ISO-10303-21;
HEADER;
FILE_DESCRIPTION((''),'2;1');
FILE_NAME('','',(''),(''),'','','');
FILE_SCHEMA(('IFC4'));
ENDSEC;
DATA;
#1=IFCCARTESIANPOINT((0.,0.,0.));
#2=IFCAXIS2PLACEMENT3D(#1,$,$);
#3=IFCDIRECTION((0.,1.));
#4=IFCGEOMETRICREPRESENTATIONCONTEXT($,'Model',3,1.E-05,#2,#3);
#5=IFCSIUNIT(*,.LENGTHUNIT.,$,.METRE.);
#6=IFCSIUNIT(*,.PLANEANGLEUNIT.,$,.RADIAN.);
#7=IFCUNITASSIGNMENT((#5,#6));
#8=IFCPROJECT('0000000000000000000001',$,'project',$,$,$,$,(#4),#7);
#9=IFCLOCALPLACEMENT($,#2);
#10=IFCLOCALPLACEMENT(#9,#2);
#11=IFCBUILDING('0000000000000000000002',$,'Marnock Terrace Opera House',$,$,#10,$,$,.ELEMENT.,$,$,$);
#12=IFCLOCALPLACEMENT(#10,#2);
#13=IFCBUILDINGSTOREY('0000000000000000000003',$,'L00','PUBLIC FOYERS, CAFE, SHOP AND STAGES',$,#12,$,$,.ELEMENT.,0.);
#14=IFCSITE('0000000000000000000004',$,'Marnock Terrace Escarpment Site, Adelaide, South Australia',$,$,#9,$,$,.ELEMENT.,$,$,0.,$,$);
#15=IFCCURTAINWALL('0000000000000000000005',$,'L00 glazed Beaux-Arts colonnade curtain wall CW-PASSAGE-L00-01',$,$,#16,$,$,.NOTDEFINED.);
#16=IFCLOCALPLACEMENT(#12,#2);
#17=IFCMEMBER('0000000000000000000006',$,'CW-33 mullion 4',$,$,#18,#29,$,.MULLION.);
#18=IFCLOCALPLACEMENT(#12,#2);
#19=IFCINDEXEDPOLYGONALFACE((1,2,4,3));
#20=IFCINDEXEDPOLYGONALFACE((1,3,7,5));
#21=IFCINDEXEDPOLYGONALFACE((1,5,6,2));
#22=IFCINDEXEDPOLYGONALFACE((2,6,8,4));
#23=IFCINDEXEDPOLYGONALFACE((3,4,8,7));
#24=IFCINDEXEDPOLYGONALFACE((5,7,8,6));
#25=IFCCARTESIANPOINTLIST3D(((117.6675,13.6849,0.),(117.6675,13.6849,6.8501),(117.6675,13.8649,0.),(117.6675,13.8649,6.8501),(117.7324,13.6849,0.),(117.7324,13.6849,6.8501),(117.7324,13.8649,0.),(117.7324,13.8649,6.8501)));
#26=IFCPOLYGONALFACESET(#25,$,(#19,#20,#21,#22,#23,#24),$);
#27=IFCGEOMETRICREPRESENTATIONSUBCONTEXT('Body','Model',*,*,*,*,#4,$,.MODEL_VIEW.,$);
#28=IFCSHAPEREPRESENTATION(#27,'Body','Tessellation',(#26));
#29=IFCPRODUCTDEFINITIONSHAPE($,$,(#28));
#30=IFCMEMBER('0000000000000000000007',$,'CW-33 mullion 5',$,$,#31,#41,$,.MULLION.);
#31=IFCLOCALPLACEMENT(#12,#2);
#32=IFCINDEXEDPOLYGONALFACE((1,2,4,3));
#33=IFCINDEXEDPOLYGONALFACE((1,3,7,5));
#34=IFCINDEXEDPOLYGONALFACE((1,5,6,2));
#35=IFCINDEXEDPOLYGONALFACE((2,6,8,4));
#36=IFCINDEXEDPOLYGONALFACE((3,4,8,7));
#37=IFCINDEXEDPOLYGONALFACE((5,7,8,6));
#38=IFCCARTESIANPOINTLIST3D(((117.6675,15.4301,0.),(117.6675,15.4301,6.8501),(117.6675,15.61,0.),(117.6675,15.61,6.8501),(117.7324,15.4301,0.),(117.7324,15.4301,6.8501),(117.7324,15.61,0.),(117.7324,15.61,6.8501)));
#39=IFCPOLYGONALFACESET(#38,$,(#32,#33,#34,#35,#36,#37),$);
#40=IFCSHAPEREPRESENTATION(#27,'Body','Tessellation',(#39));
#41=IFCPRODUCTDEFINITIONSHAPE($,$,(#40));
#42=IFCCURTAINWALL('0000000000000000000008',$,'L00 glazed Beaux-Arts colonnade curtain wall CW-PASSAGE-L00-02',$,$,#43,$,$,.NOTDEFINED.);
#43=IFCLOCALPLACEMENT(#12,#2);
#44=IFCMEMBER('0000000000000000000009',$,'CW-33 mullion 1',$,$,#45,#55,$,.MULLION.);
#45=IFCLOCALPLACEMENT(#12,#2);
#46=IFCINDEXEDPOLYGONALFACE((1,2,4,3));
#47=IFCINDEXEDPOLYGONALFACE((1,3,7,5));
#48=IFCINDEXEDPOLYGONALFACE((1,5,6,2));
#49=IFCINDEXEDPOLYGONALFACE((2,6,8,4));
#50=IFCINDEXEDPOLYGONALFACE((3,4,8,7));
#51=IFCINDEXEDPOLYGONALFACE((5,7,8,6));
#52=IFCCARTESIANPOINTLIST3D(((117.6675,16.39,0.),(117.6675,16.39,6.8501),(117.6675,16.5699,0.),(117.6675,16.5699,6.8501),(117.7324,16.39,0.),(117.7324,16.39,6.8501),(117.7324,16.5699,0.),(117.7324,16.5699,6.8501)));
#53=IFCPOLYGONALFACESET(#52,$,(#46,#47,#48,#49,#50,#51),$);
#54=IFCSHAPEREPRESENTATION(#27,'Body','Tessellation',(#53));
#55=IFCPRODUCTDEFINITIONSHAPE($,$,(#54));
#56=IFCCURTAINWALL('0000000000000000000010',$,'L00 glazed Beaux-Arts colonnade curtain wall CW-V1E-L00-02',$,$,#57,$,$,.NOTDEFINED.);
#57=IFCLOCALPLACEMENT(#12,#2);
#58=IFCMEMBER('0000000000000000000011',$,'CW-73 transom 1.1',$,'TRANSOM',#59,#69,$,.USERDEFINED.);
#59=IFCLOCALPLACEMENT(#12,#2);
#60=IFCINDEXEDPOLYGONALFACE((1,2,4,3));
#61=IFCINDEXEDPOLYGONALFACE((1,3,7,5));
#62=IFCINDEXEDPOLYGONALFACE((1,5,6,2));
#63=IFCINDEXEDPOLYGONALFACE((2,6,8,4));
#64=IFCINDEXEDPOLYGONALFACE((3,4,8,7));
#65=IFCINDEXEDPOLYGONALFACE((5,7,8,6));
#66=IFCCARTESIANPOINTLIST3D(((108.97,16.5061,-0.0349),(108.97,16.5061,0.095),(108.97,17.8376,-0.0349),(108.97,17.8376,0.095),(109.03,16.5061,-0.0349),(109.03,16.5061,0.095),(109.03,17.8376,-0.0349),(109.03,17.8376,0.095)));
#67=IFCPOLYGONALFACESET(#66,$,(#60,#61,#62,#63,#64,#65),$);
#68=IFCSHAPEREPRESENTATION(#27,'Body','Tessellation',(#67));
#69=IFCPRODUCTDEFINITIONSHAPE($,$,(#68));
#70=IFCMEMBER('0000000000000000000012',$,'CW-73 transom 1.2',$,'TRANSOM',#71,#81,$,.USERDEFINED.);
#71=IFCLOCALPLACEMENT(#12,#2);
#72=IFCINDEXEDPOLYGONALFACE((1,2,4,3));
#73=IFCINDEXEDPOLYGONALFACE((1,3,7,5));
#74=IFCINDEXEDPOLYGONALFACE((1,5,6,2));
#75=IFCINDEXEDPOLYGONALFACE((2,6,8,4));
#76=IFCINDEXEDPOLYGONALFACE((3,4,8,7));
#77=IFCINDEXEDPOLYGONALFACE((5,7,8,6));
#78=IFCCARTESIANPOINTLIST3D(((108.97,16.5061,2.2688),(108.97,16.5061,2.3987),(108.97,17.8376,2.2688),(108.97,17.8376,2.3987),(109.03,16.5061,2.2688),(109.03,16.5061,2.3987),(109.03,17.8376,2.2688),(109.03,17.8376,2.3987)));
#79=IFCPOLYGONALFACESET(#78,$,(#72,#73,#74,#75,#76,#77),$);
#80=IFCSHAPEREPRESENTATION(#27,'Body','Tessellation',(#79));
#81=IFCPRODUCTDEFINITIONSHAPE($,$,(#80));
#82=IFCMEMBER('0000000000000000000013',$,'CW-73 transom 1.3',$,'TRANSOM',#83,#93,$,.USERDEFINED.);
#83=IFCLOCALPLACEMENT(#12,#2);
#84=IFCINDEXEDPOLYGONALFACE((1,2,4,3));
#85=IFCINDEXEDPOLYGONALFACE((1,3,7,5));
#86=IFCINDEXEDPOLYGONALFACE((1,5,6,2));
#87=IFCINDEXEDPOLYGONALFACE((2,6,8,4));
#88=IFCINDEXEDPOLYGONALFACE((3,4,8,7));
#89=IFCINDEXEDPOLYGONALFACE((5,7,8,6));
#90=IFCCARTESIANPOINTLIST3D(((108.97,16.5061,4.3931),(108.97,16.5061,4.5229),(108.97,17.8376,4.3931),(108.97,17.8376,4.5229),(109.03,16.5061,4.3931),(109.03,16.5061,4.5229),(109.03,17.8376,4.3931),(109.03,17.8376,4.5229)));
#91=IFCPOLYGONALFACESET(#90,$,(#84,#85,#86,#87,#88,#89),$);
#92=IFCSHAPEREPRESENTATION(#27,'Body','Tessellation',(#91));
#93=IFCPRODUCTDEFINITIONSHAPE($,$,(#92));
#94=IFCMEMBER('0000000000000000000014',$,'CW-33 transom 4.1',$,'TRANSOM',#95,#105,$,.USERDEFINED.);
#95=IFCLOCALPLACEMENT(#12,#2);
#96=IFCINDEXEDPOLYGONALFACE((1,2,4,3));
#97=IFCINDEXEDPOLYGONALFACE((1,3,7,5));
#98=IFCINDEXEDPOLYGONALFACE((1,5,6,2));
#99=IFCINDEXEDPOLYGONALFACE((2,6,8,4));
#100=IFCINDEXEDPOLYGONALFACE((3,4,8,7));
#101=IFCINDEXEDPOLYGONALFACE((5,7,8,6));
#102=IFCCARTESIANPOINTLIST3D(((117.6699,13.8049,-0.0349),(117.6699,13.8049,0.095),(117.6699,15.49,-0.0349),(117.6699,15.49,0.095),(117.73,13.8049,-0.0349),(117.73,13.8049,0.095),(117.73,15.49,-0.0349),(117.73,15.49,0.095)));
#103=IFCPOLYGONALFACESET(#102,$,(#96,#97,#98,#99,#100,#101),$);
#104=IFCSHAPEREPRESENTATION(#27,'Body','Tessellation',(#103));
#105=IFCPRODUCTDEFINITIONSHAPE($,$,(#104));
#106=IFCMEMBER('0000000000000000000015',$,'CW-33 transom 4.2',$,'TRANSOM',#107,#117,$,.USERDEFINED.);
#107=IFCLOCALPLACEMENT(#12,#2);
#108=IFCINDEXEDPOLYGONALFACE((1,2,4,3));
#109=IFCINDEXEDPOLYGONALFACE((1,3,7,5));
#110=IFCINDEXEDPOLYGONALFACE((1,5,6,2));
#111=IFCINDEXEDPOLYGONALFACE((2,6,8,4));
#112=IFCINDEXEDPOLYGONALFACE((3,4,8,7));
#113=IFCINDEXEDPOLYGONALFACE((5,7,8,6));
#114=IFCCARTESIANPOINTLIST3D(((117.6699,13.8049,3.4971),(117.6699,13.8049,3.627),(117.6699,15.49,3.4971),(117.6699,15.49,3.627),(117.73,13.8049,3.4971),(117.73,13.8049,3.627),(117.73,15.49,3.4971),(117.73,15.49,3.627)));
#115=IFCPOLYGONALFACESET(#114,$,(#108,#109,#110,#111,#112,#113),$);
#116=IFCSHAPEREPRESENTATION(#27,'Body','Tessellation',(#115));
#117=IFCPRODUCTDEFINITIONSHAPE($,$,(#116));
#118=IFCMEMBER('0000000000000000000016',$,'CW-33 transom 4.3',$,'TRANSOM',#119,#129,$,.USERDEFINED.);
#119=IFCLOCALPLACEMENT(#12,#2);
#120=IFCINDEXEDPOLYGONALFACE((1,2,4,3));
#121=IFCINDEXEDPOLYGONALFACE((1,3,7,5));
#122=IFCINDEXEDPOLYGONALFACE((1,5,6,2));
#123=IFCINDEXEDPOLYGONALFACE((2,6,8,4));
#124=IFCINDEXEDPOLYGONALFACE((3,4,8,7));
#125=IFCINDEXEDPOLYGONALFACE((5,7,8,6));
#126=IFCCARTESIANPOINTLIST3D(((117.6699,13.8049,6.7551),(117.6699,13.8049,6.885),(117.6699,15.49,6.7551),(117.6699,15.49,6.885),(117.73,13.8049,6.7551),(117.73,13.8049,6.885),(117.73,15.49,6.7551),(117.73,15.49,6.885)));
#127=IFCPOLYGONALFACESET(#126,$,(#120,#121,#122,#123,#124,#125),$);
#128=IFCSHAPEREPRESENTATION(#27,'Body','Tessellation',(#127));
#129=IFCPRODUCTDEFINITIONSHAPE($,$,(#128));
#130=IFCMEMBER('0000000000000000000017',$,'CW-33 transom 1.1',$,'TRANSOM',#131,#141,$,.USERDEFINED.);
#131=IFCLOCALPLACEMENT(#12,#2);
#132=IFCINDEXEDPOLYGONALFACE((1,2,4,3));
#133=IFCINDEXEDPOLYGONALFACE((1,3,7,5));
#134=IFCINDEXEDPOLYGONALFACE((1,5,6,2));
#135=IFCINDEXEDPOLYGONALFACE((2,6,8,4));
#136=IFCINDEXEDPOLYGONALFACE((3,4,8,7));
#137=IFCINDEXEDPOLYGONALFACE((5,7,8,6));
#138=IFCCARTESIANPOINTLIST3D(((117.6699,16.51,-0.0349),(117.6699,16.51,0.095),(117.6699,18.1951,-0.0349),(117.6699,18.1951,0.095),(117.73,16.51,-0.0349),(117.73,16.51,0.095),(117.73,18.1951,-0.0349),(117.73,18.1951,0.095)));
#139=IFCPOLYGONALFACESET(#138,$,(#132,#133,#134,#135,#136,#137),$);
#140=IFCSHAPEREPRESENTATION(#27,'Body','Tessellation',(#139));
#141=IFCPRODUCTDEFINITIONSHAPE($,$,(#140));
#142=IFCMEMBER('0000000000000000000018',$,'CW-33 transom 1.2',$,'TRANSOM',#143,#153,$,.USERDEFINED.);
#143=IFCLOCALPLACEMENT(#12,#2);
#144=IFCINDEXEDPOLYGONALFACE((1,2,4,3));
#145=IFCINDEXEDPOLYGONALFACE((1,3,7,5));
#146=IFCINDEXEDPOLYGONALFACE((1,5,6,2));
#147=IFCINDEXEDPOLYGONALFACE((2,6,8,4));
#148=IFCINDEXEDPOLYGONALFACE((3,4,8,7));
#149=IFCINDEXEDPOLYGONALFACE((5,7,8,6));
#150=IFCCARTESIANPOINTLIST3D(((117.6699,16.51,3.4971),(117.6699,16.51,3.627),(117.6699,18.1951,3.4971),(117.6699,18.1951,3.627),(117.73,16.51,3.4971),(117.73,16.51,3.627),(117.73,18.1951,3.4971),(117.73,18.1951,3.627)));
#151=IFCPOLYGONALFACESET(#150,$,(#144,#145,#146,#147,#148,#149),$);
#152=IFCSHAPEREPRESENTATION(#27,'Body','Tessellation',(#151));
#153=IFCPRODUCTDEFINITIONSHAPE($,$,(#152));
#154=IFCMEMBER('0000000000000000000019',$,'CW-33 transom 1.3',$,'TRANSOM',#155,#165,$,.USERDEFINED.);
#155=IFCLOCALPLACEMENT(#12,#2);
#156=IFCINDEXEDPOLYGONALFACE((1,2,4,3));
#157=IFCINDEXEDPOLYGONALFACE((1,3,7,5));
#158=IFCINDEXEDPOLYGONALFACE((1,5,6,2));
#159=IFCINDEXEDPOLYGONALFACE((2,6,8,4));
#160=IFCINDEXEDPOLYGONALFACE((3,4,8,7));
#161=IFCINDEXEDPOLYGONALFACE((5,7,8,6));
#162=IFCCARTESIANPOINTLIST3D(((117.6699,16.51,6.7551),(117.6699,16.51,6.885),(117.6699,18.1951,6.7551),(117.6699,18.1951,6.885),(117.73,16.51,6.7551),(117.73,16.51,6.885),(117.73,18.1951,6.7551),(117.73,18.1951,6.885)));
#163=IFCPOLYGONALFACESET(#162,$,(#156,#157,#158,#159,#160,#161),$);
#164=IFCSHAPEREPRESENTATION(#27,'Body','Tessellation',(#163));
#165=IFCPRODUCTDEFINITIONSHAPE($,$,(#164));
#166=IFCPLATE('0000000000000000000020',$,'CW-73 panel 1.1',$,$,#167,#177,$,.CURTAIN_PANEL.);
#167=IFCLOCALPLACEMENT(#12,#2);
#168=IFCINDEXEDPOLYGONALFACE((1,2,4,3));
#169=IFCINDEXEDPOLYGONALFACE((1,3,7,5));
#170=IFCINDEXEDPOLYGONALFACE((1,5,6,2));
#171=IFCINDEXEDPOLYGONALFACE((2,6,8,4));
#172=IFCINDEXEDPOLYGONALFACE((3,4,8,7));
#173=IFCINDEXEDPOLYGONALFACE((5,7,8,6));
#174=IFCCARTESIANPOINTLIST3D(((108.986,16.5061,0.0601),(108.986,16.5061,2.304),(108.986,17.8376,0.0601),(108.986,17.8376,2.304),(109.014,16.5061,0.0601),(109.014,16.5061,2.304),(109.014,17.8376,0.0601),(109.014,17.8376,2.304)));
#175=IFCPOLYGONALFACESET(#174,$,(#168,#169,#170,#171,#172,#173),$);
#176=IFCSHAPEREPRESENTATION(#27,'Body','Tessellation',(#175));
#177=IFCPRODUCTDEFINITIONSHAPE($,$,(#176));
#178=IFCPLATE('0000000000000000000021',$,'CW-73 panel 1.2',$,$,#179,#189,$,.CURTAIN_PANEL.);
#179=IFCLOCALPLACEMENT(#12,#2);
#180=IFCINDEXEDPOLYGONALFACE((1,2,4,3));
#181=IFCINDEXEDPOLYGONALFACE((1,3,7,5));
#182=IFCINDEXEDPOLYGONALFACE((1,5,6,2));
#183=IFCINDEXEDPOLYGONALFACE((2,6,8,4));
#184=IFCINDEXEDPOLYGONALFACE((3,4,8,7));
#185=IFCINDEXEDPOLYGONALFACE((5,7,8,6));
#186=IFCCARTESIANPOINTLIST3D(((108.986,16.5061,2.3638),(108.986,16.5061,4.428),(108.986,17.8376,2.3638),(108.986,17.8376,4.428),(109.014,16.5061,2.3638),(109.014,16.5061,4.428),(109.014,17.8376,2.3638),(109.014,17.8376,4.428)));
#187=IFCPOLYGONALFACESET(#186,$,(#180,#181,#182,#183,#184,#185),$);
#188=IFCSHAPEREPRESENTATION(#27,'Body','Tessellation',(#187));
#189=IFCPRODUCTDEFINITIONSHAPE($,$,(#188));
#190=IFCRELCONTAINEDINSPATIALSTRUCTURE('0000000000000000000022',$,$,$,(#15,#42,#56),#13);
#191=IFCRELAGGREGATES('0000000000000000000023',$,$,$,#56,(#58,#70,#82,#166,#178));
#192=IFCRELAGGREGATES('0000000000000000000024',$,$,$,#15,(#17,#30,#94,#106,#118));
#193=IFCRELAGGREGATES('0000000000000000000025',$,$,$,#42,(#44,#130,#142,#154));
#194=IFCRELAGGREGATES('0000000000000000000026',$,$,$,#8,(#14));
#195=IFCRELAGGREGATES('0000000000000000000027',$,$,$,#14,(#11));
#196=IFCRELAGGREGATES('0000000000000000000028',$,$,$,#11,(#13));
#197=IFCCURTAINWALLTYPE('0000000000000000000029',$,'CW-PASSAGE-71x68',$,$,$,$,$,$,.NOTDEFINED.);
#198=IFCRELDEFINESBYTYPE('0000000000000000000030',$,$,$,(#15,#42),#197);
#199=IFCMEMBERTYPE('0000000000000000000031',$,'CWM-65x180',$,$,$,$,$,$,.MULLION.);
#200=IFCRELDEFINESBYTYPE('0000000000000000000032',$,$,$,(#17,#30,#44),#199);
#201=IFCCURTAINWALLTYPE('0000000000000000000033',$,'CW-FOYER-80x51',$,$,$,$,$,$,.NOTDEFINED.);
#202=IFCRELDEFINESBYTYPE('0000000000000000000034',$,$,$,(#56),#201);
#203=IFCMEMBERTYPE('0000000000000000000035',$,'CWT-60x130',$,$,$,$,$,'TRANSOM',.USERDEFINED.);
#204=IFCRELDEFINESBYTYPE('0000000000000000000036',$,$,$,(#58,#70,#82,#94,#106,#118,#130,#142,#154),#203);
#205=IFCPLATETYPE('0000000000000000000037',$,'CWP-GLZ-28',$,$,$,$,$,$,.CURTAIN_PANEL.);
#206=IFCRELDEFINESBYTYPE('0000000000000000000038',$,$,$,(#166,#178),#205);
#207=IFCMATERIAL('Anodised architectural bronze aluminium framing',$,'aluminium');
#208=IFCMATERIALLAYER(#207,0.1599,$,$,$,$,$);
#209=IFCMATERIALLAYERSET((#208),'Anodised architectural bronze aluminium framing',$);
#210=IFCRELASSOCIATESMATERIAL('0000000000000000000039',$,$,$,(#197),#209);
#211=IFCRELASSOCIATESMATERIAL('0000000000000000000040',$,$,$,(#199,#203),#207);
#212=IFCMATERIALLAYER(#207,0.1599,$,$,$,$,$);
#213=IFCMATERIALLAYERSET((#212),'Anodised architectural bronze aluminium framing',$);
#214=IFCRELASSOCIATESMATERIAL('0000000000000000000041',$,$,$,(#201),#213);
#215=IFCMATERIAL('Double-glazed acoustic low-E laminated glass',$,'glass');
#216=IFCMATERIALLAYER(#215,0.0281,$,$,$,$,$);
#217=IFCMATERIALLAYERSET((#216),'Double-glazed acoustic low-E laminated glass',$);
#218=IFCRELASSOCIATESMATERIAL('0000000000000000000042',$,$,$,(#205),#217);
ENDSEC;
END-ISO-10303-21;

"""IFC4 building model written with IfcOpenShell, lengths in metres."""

from ifc_helpers import new_model, si_unit, direction, frame, origin, origin_2d, place, context, subcontext, project, spatial, rectangle, extrude, material, layer, layer_set, material_profile, profile_set, type_object, element, aggregate, save


model = new_model("IFC4")

# Units and contexts
model_context = context("Model", 3, precision=1e-05, world=origin(), true_north=direction((0.0, 1.0)))
body_context = subcontext(model_context, "Body", "Model", "MODEL_VIEW")
ifc_project = project(units=[si_unit("LENGTHUNIT", "METRE"), si_unit("PLANEANGLEUNIT", "RADIAN")], contexts=[model_context])

# Site, building, storey
site_placement = place(None, origin())
site = spatial("IfcSite", under=ifc_project, at=site_placement, Name="Marnock Terrace Escarpment Site, Adelaide, South Australia", CompositionType="ELEMENT", RefElevation=0.0)
building_placement = place(site_placement, origin())
building = spatial("IfcBuilding", under=site, at=building_placement, Name="Marnock Terrace Opera House", CompositionType="ELEMENT")
storey_placement = place(building_placement, origin())
storey = spatial("IfcBuildingStorey", under=building, at=storey_placement, Name="L00", Description="PUBLIC FOYERS, CAFE, SHOP AND STAGES", CompositionType="ELEMENT", Elevation=0.0)

# Curtain wall, members
ifc_material_1 = material(Name="Anodised architectural bronze aluminium framing", Category="aluminium")
ifc_layer_1 = layer(ifc_material_1, 0.1599)
ifc_layer_set_1 = layer_set([ifc_layer_1], Name="Anodised architectural bronze aluminium framing")
curtain_wall_type_1 = type_object("IfcCurtainWallType", Name="CW-PASSAGE-71x68", PredefinedType="NOTDEFINED", material=ifc_layer_set_1)
curtain_wall_1_placement = place(storey_placement, origin())
curtain_wall_1 = element("IfcCurtainWall", 1, at=curtain_wall_1_placement, inside=storey, type_object=curtain_wall_type_1, Name="L00 glazed Beaux-Arts colonnade curtain wall CW-PASSAGE-L00-01", PredefinedType="NOTDEFINED")
ifc_material_profile_1 = material_profile(ifc_material_1, rectangle(XDim=0.0649, YDim=0.1799, at=origin_2d()))
ifc_profile_set_1 = profile_set([ifc_material_profile_1], Name="Anodised architectural bronze aluminium framing")
member_type_1 = type_object("IfcMemberType", Name="CWM-65x180", PredefinedType="MULLION", material=ifc_profile_set_1)
member_1_placement = place(storey_placement, frame((117.7, 13.7749, 0.0), z_axis=(0.0, 0.0, 1.0), x_axis=(-1.0, 0.0, 0.0)))
member_1 = element("IfcMember", 2, at=member_1_placement, type_object=member_type_1, Name="CW-33 mullion 4", PredefinedType="MULLION", context=body_context, shape_type="SweptSolid", body=[
    extrude(rectangle(XDim=0.0649, YDim=0.1799, at=origin_2d()), origin(), (0.0, 0.0, 1.0), 6.8501),
])
member_2_placement = place(storey_placement, frame((117.7, 15.52, 0.0), z_axis=(0.0, 0.0, 1.0), x_axis=(-1.0, 0.0, 0.0)))
member_2 = element("IfcMember", 3, at=member_2_placement, type_object=member_type_1, Name="CW-33 mullion 5", PredefinedType="MULLION", context=body_context, shape_type="SweptSolid", body=[
    extrude(rectangle(XDim=0.0649, YDim=0.1799, at=origin_2d()), origin(), (0.0, 0.0, 1.0), 6.8501),
])

# Curtain wall, member
curtain_wall_2_placement = place(storey_placement, origin())
curtain_wall_2 = element("IfcCurtainWall", 4, at=curtain_wall_2_placement, inside=storey, type_object=curtain_wall_type_1, Name="L00 glazed Beaux-Arts colonnade curtain wall CW-PASSAGE-L00-02", PredefinedType="NOTDEFINED")
member_3_placement = place(storey_placement, frame((117.7, 16.48, 0.0), z_axis=(0.0, 0.0, 1.0), x_axis=(-1.0, 0.0, 0.0)))
member_3 = element("IfcMember", 5, at=member_3_placement, type_object=member_type_1, Name="CW-33 mullion 1", PredefinedType="MULLION", context=body_context, shape_type="SweptSolid", body=[
    extrude(rectangle(XDim=0.0649, YDim=0.1799, at=origin_2d()), origin(), (0.0, 0.0, 1.0), 6.8501),
])

# Curtain wall, members
ifc_layer_2 = layer(ifc_material_1, 0.1599)
ifc_layer_set_2 = layer_set([ifc_layer_2], Name="Anodised architectural bronze aluminium framing")
curtain_wall_type_2 = type_object("IfcCurtainWallType", Name="CW-FOYER-80x51", PredefinedType="NOTDEFINED", material=ifc_layer_set_2)
curtain_wall_3_placement = place(storey_placement, origin())
curtain_wall_3 = element("IfcCurtainWall", 6, at=curtain_wall_3_placement, inside=storey, type_object=curtain_wall_type_2, Name="L00 glazed Beaux-Arts colonnade curtain wall CW-V1E-L00-02", PredefinedType="NOTDEFINED")
ifc_material_profile_2 = material_profile(ifc_material_1, rectangle(XDim=0.0601, YDim=0.1299, at=origin_2d()))
ifc_profile_set_2 = profile_set([ifc_material_profile_2], Name="Anodised architectural bronze aluminium framing")
member_type_2 = type_object("IfcMemberType", Name="CWT-60x130", ElementType="TRANSOM", PredefinedType="USERDEFINED", material=ifc_profile_set_2)
member_4_placement = place(storey_placement, frame((109.0, 16.5061, 0.03), z_axis=(0.0, 1.0, 0.0), x_axis=(-1.0, 0.0, 0.0)))
member_4 = element("IfcMember", 7, at=member_4_placement, type_object=member_type_2, Name="CW-73 transom 1.1", ObjectType="TRANSOM", PredefinedType="USERDEFINED", context=body_context, shape_type="SweptSolid", body=[
    extrude(rectangle(XDim=0.0601, YDim=0.1299, at=origin_2d()), origin(), (0.0, 0.0, 1.0), 1.3315),
])
member_5_placement = place(storey_placement, frame((109.0, 16.5061, 2.3337), z_axis=(0.0, 1.0, 0.0), x_axis=(-1.0, 0.0, 0.0)))
member_5 = element("IfcMember", 8, at=member_5_placement, type_object=member_type_2, Name="CW-73 transom 1.2", ObjectType="TRANSOM", PredefinedType="USERDEFINED", context=body_context, shape_type="SweptSolid", body=[
    extrude(rectangle(XDim=0.0601, YDim=0.1299, at=origin_2d()), origin(), (0.0, 0.0, 1.0), 1.3315),
])
member_6_placement = place(storey_placement, frame((109.0, 16.5061, 4.458), z_axis=(0.0, 1.0, 0.0), x_axis=(-1.0, 0.0, 0.0)))
member_6 = element("IfcMember", 9, at=member_6_placement, type_object=member_type_2, Name="CW-73 transom 1.3", ObjectType="TRANSOM", PredefinedType="USERDEFINED", context=body_context, shape_type="SweptSolid", body=[
    extrude(rectangle(XDim=0.0601, YDim=0.1299, at=origin_2d()), origin(), (0.0, 0.0, 1.0), 1.3315),
])

# Members
member_7_placement = place(storey_placement, frame((117.7, 13.8049, 0.03), z_axis=(0.0, 1.0, 0.0), x_axis=(-1.0, 0.0, 0.0)))
member_7 = element("IfcMember", 10, at=member_7_placement, type_object=member_type_2, Name="CW-33 transom 4.1", ObjectType="TRANSOM", PredefinedType="USERDEFINED", context=body_context, shape_type="SweptSolid", body=[
    extrude(rectangle(XDim=0.0601, YDim=0.1299, at=origin_2d()), origin(), (0.0, 0.0, 1.0), 1.6851),
])
member_8_placement = place(storey_placement, frame((117.7, 13.8049, 3.562), z_axis=(0.0, 1.0, 0.0), x_axis=(-1.0, 0.0, 0.0)))
member_8 = element("IfcMember", 11, at=member_8_placement, type_object=member_type_2, Name="CW-33 transom 4.2", ObjectType="TRANSOM", PredefinedType="USERDEFINED", context=body_context, shape_type="SweptSolid", body=[
    extrude(rectangle(XDim=0.0601, YDim=0.1299, at=origin_2d()), origin(), (0.0, 0.0, 1.0), 1.6851),
])
member_9_placement = place(storey_placement, frame((117.7, 13.8049, 6.8201), z_axis=(0.0, 1.0, 0.0), x_axis=(-1.0, 0.0, 0.0)))
member_9 = element("IfcMember", 12, at=member_9_placement, type_object=member_type_2, Name="CW-33 transom 4.3", ObjectType="TRANSOM", PredefinedType="USERDEFINED", context=body_context, shape_type="SweptSolid", body=[
    extrude(rectangle(XDim=0.0601, YDim=0.1299, at=origin_2d()), origin(), (0.0, 0.0, 1.0), 1.6851),
])
member_10_placement = place(storey_placement, frame((117.7, 16.51, 0.03), z_axis=(0.0, 1.0, 0.0), x_axis=(-1.0, 0.0, 0.0)))
member_10 = element("IfcMember", 13, at=member_10_placement, type_object=member_type_2, Name="CW-33 transom 1.1", ObjectType="TRANSOM", PredefinedType="USERDEFINED", context=body_context, shape_type="SweptSolid", body=[
    extrude(rectangle(XDim=0.0601, YDim=0.1299, at=origin_2d()), origin(), (0.0, 0.0, 1.0), 1.6851),
])
member_11_placement = place(storey_placement, frame((117.7, 16.51, 3.562), z_axis=(0.0, 1.0, 0.0), x_axis=(-1.0, 0.0, 0.0)))
member_11 = element("IfcMember", 14, at=member_11_placement, type_object=member_type_2, Name="CW-33 transom 1.2", ObjectType="TRANSOM", PredefinedType="USERDEFINED", context=body_context, shape_type="SweptSolid", body=[
    extrude(rectangle(XDim=0.0601, YDim=0.1299, at=origin_2d()), origin(), (0.0, 0.0, 1.0), 1.6851),
])
member_12_placement = place(storey_placement, frame((117.7, 16.51, 6.8201), z_axis=(0.0, 1.0, 0.0), x_axis=(-1.0, 0.0, 0.0)))
member_12 = element("IfcMember", 15, at=member_12_placement, type_object=member_type_2, Name="CW-33 transom 1.3", ObjectType="TRANSOM", PredefinedType="USERDEFINED", context=body_context, shape_type="SweptSolid", body=[
    extrude(rectangle(XDim=0.0601, YDim=0.1299, at=origin_2d()), origin(), (0.0, 0.0, 1.0), 1.6851),
])

# Plates
ifc_material_2 = material(Name="Double-glazed acoustic low-E laminated glass", Category="glass")
ifc_layer_3 = layer(ifc_material_2, 0.0281)
ifc_layer_set_3 = layer_set([ifc_layer_3], Name="Double-glazed acoustic low-E laminated glass")
plate_type = type_object("IfcPlateType", Name="CWP-GLZ-28", PredefinedType="CURTAIN_PANEL", material=ifc_layer_set_3)
plate_1_placement = place(storey_placement, frame((109.0, 17.1719, 0.0601), z_axis=(0.0, 0.0, 1.0), x_axis=(0.0, 1.0, 0.0)))
plate_1 = element("IfcPlate", 16, at=plate_1_placement, type_object=plate_type, Name="CW-73 panel 1.1", PredefinedType="CURTAIN_PANEL", context=body_context, shape_type="SweptSolid", body=[
    extrude(rectangle(XDim=1.3315, YDim=0.0281, at=origin_2d()), origin(), (0.0, 0.0, 1.0), 2.2439),
])
plate_2_placement = place(storey_placement, frame((109.0, 17.1719, 2.3638), z_axis=(0.0, 0.0, 1.0), x_axis=(0.0, 1.0, 0.0)))
plate_2 = element("IfcPlate", 17, at=plate_2_placement, type_object=plate_type, Name="CW-73 panel 1.2", PredefinedType="CURTAIN_PANEL", context=body_context, shape_type="SweptSolid", body=[
    extrude(rectangle(XDim=1.3315, YDim=0.0281, at=origin_2d()), origin(), (0.0, 0.0, 1.0), 2.0642),
])
aggregate(curtain_wall_3, [member_4, member_5, member_6, plate_1, plate_2])
aggregate(curtain_wall_1, [member_1, member_2, member_7, member_8, member_9])
aggregate(curtain_wall_2, [member_3, member_10, member_11, member_12])

save(model, "model.ifc")
